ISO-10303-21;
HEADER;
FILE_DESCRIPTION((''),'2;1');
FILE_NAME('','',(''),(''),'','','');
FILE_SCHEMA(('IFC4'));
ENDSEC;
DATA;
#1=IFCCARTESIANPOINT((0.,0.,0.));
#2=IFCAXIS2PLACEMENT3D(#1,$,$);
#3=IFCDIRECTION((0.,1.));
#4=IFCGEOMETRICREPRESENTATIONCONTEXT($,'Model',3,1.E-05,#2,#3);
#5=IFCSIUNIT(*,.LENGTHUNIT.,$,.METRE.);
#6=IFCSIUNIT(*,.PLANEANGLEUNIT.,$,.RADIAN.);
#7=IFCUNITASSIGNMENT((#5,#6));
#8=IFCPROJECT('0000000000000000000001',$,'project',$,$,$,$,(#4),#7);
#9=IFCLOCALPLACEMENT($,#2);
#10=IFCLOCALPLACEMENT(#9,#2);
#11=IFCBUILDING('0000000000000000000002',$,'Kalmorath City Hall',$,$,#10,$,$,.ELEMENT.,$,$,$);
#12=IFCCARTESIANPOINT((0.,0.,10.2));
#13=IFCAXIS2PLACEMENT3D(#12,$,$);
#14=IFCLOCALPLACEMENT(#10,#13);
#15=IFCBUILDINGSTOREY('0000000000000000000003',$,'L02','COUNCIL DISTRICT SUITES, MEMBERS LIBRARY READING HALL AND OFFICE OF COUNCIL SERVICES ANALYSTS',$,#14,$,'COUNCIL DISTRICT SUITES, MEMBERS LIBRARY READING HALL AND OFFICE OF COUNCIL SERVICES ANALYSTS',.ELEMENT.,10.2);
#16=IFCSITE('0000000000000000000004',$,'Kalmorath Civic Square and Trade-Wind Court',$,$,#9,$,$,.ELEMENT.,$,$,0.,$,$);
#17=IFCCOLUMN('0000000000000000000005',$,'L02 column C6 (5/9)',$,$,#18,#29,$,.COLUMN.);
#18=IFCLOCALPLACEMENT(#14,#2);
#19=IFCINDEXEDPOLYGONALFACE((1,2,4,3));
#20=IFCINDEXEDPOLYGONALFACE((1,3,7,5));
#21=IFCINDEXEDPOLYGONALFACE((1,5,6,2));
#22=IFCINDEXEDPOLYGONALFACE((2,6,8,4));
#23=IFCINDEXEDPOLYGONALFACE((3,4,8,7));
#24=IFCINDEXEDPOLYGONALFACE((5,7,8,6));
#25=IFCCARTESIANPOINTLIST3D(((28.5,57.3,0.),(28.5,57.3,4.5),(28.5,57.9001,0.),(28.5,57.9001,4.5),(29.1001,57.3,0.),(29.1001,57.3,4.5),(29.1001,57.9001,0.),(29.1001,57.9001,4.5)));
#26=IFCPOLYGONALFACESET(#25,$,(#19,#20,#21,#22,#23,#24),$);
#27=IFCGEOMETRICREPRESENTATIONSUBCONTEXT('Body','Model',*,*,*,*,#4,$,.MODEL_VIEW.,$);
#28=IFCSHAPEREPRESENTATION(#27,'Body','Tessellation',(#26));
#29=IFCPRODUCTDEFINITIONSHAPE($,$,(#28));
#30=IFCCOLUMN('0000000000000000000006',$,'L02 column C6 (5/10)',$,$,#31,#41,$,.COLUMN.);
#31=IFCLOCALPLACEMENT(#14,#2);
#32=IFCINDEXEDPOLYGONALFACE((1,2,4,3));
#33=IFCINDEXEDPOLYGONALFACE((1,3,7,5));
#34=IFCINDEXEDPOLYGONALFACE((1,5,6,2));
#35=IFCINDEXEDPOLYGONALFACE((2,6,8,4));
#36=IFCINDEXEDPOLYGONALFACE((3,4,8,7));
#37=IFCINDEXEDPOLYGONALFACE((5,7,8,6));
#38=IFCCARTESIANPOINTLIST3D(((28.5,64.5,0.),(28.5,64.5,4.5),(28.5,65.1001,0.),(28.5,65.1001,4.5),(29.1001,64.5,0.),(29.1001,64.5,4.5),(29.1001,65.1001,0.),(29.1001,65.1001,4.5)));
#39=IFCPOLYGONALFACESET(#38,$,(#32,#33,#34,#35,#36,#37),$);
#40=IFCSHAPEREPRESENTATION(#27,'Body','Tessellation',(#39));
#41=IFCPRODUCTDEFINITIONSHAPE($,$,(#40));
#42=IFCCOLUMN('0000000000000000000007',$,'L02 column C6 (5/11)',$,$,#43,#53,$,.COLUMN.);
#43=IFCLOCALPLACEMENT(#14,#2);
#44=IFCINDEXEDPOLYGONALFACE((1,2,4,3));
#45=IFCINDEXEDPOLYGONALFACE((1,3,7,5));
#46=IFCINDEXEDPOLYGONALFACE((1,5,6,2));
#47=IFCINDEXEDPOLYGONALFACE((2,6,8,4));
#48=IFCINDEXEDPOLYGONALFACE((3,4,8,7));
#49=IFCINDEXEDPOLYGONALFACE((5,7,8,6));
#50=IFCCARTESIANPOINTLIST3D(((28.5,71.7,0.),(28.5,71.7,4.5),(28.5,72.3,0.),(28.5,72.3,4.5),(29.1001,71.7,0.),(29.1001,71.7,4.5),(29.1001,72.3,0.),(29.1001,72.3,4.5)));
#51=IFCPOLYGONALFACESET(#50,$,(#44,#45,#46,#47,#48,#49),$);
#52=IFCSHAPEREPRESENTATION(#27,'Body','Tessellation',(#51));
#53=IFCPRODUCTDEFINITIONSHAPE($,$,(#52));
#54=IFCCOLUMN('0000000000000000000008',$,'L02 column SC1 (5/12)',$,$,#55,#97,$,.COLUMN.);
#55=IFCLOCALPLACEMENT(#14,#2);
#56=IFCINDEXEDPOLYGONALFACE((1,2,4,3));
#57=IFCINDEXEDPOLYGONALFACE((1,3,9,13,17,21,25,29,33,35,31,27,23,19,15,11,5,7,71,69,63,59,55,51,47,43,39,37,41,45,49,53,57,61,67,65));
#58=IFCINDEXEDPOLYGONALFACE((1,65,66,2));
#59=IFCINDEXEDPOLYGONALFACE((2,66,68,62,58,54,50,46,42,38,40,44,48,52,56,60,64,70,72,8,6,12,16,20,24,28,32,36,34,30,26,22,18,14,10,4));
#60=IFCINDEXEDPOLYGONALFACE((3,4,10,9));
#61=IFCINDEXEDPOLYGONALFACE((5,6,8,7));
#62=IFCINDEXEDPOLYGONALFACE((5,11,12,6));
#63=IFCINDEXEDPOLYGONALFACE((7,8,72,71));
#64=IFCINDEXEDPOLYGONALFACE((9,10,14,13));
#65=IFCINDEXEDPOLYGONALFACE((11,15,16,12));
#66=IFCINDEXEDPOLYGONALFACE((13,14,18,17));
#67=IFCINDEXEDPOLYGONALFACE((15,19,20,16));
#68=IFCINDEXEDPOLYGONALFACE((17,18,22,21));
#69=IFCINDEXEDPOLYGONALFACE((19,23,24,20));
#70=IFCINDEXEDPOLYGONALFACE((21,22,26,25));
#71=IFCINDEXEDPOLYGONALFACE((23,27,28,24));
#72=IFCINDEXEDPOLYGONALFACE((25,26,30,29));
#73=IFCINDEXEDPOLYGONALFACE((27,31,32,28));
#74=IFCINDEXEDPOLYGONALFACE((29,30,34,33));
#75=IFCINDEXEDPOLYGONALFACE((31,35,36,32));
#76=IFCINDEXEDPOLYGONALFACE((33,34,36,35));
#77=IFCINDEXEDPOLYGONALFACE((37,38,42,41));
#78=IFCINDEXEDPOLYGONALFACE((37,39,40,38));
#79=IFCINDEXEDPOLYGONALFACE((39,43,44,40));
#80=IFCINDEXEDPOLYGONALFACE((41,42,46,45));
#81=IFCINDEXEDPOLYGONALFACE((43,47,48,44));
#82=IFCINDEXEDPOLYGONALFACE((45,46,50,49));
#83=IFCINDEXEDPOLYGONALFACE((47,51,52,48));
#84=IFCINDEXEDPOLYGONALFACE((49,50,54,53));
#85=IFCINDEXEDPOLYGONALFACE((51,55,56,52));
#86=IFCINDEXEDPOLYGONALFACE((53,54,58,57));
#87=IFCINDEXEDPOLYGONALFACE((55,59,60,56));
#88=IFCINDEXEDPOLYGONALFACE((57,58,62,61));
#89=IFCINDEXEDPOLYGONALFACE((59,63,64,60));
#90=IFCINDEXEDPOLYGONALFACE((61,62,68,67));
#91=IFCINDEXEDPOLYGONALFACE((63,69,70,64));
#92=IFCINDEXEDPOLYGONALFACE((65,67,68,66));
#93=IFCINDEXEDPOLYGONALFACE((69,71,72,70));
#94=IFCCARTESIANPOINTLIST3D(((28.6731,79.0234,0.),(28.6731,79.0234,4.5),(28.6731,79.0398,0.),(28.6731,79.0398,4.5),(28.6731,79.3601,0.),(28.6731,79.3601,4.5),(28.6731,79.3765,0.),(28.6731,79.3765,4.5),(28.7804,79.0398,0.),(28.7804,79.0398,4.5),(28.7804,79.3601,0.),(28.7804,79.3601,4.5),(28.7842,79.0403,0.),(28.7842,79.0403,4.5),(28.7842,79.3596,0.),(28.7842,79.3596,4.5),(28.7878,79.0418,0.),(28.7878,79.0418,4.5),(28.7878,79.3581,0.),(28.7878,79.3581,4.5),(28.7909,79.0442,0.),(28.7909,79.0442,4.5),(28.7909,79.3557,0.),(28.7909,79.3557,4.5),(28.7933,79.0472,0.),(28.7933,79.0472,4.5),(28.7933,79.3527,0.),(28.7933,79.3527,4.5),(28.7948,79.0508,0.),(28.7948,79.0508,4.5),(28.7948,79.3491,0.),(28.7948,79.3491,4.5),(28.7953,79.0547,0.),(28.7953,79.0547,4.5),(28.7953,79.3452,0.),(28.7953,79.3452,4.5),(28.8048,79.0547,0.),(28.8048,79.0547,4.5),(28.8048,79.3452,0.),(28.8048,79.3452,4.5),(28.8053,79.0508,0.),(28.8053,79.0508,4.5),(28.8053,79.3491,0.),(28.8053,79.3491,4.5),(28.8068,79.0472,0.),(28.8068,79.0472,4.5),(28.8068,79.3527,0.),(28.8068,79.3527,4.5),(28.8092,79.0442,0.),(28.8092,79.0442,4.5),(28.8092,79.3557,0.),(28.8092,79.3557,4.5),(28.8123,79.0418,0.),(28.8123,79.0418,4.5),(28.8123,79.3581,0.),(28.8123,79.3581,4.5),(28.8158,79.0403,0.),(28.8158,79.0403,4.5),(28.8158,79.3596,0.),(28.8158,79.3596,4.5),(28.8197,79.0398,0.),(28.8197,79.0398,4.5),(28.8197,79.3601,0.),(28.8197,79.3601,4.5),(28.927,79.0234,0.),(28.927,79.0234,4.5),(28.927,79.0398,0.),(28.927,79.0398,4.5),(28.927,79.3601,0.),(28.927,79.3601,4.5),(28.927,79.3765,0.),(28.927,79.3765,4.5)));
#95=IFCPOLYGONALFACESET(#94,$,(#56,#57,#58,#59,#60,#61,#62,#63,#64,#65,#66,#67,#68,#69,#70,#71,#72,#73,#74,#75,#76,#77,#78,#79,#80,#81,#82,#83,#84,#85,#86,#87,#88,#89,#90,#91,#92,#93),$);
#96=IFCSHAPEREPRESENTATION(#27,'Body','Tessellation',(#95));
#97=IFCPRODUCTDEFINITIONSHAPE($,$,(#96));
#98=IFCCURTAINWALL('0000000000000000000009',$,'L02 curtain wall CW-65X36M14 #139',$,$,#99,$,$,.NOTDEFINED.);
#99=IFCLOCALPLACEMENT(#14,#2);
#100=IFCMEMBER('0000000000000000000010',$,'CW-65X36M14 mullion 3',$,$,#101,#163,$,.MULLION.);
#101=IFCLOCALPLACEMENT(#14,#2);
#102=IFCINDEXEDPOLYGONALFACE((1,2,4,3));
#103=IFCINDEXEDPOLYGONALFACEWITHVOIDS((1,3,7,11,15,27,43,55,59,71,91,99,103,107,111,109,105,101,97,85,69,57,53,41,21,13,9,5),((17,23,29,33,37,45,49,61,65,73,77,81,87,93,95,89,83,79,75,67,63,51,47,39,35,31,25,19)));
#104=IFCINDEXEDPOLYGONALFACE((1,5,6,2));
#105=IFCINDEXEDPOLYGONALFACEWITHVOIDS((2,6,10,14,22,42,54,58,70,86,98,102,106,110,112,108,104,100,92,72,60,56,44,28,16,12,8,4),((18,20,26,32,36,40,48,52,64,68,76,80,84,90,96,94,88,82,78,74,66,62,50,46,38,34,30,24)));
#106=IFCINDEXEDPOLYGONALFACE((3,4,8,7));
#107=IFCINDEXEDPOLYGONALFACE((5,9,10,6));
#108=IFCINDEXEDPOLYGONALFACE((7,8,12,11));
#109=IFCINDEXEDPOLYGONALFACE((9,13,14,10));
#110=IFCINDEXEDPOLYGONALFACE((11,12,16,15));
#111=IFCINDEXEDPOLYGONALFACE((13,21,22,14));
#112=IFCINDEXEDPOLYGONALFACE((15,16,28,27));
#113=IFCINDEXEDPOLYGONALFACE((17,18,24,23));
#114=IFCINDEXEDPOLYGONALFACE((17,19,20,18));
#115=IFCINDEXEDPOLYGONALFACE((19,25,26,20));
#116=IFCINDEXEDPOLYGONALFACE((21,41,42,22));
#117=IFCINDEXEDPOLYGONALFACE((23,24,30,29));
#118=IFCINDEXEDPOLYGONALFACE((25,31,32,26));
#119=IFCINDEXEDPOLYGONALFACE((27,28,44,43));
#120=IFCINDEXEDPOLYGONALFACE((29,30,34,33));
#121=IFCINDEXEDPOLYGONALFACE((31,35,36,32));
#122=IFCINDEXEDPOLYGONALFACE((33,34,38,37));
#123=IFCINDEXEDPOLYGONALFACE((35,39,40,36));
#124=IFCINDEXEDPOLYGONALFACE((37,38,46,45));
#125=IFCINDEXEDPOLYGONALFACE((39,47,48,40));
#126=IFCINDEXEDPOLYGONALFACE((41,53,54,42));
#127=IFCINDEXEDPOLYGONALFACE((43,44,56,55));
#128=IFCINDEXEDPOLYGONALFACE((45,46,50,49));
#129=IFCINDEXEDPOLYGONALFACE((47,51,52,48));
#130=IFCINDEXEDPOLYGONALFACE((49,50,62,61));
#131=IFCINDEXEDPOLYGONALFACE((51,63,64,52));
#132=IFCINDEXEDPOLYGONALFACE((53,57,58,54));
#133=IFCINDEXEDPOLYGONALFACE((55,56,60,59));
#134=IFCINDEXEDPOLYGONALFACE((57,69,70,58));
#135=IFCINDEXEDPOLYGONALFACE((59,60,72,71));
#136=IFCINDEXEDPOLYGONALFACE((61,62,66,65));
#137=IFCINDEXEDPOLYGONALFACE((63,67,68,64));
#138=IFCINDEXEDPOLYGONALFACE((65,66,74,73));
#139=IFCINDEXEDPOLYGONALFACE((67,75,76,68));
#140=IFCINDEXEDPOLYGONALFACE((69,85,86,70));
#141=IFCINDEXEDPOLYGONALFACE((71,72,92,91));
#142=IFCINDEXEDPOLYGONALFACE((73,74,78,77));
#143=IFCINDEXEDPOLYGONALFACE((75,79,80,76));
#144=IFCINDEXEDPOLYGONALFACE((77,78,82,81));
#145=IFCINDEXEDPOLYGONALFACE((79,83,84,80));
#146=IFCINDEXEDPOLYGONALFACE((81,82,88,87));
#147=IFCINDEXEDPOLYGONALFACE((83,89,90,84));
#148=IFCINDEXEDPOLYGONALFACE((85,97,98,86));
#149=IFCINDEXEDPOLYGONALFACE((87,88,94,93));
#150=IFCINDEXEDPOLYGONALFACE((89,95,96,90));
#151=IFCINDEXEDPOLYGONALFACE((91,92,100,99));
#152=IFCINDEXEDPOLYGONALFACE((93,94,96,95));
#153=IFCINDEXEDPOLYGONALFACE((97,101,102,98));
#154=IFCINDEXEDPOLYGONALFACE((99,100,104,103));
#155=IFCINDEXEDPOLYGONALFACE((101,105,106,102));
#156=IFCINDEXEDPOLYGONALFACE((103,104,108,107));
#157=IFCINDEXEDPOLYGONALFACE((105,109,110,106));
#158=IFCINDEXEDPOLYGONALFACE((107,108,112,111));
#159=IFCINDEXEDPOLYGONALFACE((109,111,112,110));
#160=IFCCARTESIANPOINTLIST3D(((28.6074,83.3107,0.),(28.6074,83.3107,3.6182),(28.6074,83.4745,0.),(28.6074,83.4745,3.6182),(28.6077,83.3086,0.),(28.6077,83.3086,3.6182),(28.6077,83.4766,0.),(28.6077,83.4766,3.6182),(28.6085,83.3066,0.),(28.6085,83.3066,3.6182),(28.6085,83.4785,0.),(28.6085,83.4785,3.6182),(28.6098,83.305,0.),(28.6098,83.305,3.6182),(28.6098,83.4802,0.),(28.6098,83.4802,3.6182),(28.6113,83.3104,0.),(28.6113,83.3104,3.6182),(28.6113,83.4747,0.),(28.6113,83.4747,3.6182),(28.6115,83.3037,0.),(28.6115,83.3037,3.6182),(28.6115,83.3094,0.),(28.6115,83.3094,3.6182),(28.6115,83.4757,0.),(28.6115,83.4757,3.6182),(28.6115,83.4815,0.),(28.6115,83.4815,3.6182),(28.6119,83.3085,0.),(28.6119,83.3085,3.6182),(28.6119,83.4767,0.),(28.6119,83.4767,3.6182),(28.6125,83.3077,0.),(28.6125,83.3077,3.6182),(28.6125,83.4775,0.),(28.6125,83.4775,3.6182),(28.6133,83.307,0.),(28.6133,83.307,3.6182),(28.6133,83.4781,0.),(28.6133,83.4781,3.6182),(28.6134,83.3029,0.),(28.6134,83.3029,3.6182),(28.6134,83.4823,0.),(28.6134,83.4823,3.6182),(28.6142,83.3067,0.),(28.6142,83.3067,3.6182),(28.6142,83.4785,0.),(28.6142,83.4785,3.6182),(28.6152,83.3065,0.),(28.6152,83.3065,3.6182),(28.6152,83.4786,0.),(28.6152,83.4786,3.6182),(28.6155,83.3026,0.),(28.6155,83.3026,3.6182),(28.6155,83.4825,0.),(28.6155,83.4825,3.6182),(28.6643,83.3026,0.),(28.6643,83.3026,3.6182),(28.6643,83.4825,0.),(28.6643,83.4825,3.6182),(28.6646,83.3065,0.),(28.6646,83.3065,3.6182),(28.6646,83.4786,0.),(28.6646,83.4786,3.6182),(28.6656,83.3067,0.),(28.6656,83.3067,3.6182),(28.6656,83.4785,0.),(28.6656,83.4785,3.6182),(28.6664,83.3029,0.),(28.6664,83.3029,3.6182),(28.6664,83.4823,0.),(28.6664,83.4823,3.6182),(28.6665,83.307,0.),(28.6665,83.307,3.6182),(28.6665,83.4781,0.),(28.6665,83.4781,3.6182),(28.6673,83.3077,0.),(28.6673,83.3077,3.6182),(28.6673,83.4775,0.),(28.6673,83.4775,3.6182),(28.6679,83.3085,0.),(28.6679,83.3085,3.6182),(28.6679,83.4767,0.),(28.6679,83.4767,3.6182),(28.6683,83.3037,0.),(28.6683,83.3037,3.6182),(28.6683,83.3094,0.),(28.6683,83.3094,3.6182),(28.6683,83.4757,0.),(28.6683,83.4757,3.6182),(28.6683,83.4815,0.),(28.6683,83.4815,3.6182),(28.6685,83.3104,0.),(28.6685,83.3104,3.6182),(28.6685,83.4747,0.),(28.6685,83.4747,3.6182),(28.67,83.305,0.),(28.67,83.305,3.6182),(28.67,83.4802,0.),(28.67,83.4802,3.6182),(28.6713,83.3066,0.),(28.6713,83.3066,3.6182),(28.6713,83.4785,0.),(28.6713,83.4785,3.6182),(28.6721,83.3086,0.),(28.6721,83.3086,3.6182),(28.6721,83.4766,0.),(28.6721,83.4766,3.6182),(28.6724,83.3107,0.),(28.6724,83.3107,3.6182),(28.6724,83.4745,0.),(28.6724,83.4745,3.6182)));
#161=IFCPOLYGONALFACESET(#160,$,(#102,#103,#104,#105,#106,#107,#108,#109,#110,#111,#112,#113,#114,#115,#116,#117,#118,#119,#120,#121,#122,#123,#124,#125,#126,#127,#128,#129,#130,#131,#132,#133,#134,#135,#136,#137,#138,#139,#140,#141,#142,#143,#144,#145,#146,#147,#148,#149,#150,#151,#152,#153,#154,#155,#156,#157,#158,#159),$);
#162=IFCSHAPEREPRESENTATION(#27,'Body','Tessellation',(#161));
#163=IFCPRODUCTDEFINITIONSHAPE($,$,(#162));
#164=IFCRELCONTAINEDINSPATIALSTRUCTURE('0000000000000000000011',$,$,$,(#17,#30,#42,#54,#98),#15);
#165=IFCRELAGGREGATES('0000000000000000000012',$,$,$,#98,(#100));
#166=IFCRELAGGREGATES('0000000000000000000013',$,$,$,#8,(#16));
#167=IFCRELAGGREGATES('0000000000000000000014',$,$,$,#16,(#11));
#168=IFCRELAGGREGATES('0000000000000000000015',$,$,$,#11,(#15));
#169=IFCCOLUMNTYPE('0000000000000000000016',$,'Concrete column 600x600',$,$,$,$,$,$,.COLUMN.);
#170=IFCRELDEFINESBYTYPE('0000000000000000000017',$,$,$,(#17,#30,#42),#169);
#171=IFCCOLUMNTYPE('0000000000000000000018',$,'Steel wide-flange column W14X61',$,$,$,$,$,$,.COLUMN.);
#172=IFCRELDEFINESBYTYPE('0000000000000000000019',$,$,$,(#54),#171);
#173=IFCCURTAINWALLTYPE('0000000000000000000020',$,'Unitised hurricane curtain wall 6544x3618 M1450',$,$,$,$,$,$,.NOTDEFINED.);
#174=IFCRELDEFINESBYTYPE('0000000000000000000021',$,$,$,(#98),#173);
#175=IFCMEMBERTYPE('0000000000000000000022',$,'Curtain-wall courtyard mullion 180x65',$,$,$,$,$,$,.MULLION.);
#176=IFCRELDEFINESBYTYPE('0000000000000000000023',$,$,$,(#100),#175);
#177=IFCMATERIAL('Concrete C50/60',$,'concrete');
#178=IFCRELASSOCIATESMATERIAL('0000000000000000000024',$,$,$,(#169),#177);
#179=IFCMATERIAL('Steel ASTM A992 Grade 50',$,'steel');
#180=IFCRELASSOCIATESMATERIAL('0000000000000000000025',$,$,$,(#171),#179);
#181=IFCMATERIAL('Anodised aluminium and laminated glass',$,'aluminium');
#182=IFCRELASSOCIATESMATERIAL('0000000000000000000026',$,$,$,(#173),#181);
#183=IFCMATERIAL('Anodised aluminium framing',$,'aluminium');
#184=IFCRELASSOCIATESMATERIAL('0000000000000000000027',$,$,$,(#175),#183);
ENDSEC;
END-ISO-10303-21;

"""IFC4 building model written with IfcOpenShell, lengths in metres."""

from ifc_helpers import new_model, si_unit, direction, frame, origin, origin_2d, place, context, subcontext, project, spatial, rectangle, hollow_rectangle, i_section, extrude, material, material_profile, profile_set, type_object, element, aggregate, save


model = new_model("IFC4")

# Units and contexts
model_context = context("Model", 3, precision=1e-05, world=origin(), true_north=direction((0.0, 1.0)))
body_context = subcontext(model_context, "Body", "Model", "MODEL_VIEW")
ifc_project = project(units=[si_unit("LENGTHUNIT", "METRE"), si_unit("PLANEANGLEUNIT", "RADIAN")], contexts=[model_context])

# Site, building, storey
site_placement = place(None, origin())
site = spatial("IfcSite", under=ifc_project, at=site_placement, Name="Kalmorath Civic Square and Trade-Wind Court", CompositionType="ELEMENT", RefElevation=0.0)
building_placement = place(site_placement, origin())
building = spatial("IfcBuilding", under=site, at=building_placement, Name="Kalmorath City Hall", CompositionType="ELEMENT")
storey_placement = place(building_placement, frame((0.0, 0.0, 10.2)))
storey = spatial("IfcBuildingStorey", under=building, at=storey_placement, Name="L02", Description="COUNCIL DISTRICT SUITES, MEMBERS LIBRARY READING HALL AND OFFICE OF COUNCIL SERVICES ANALYSTS", LongName="COUNCIL DISTRICT SUITES, MEMBERS LIBRARY READING HALL AND OFFICE OF COUNCIL SERVICES ANALYSTS", CompositionType="ELEMENT", Elevation=10.2)

# Columns
ifc_material_1 = material(Name="Concrete C50/60", Category="concrete")
ifc_material_profile_1 = material_profile(ifc_material_1, rectangle(XDim=0.6001, YDim=0.6001, at=origin_2d()), Name="RC-COL-600X600")
ifc_profile_set_1 = profile_set([ifc_material_profile_1], Name="Concrete C50/60")
column_type_1 = type_object("IfcColumnType", Name="Concrete column 600x600", PredefinedType="COLUMN", material=ifc_profile_set_1)
for number, where, z_axis, x_axis, name in (
    (1, (28.8, 57.6001, 0.0), (0.0, 0.0, 1.0), (1.0, 0.0, 0.0), "L02 column C6 (5/9)"),
    (2, (28.8, 64.8, 0.0), (0.0, 0.0, 1.0), (1.0, 0.0, 0.0), "L02 column C6 (5/10)"),
    (3, (28.8, 72.0, 0.0), (0.0, 0.0, 1.0), (1.0, 0.0, 0.0), "L02 column C6 (5/11)"),
):
    element("IfcColumn", number, at=place(storey_placement, frame(where, z_axis=z_axis, x_axis=x_axis)), inside=storey, type_object=column_type_1, Name=name, PredefinedType="COLUMN", context=body_context, shape_type="SweptSolid", body=[
        extrude(rectangle(XDim=0.6001, YDim=0.6001, at=origin_2d()), origin(), (0.0, 0.0, 1.0), 4.5),
    ])
ifc_material_2 = material(Name="Steel ASTM A992 Grade 50", Category="steel")
ifc_material_profile_2 = material_profile(ifc_material_2, i_section(OverallWidth=0.2539, OverallDepth=0.353, WebThickness=0.0095, FlangeThickness=0.0164, FilletRadius=0.0149, at=origin_2d()), Name="W14X61")
ifc_profile_set_2 = profile_set([ifc_material_profile_2], Name="Steel ASTM A992 Grade 50")
column_type_2 = type_object("IfcColumnType", Name="Steel wide-flange column W14X61", PredefinedType="COLUMN", material=ifc_profile_set_2)
column_placement = place(storey_placement, frame((28.8, 79.2, 0.0), z_axis=(0.0, 0.0, 1.0), x_axis=(1.0, 0.0, 0.0)))
element("IfcColumn", 4, at=column_placement, inside=storey, type_object=column_type_2, Name="L02 column SC1 (5/12)", PredefinedType="COLUMN", context=body_context, shape_type="SweptSolid", body=[
    extrude(i_section(OverallWidth=0.2539, OverallDepth=0.353, WebThickness=0.0095, FlangeThickness=0.0164, FilletRadius=0.0149, at=origin_2d()), origin(), (0.0, 0.0, 1.0), 4.5),
])

# Curtain wall, member
ifc_material_3 = material(Name="Anodised aluminium and laminated glass", Category="aluminium")
curtain_wall_type = type_object("IfcCurtainWallType", Name="Unitised hurricane curtain wall 6544x3618 M1450", PredefinedType="NOTDEFINED", material=ifc_material_3)
curtain_wall_placement = place(storey_placement, origin())
curtain_wall = element("IfcCurtainWall", 5, at=curtain_wall_placement, inside=storey, type_object=curtain_wall_type, Name="L02 curtain wall CW-65X36M14 #139", PredefinedType="NOTDEFINED")
ifc_material_4 = material(Name="Anodised aluminium framing", Category="aluminium")
ifc_material_profile_3 = material_profile(ifc_material_4, hollow_rectangle(XDim=0.0649, YDim=0.1799, WallThickness=0.0039, InnerFilletRadius=0.0039, OuterFilletRadius=0.0081, at=origin_2d()), Name="ALU-MUL-180X65X4")
ifc_profile_set_3 = profile_set([ifc_material_profile_3], Name="Anodised aluminium framing")
member_type_1 = type_object("IfcMemberType", Name="Curtain-wall courtyard mullion 180x65", PredefinedType="MULLION", material=ifc_profile_set_3)
member_1_placement = place(storey_placement, frame((28.6399, 83.3926, 0.0), z_axis=(0.0, 0.0, 1.0), x_axis=(1.0, 0.0, 0.0)))
member_1 = element("IfcMember", 6, at=member_1_placement, type_object=member_type_1, Name="CW-65X36M14 mullion 3", PredefinedType="MULLION", context=body_context, shape_type="SweptSolid", body=[
    extrude(hollow_rectangle(XDim=0.0649, YDim=0.1799, WallThickness=0.0039, InnerFilletRadius=0.0039, OuterFilletRadius=0.0081, at=origin_2d()), origin(), (0.0, 0.0, 1.0), 3.6182),
])

aggregate(curtain_wall, [member_1])

save(model, "model.ifc")
